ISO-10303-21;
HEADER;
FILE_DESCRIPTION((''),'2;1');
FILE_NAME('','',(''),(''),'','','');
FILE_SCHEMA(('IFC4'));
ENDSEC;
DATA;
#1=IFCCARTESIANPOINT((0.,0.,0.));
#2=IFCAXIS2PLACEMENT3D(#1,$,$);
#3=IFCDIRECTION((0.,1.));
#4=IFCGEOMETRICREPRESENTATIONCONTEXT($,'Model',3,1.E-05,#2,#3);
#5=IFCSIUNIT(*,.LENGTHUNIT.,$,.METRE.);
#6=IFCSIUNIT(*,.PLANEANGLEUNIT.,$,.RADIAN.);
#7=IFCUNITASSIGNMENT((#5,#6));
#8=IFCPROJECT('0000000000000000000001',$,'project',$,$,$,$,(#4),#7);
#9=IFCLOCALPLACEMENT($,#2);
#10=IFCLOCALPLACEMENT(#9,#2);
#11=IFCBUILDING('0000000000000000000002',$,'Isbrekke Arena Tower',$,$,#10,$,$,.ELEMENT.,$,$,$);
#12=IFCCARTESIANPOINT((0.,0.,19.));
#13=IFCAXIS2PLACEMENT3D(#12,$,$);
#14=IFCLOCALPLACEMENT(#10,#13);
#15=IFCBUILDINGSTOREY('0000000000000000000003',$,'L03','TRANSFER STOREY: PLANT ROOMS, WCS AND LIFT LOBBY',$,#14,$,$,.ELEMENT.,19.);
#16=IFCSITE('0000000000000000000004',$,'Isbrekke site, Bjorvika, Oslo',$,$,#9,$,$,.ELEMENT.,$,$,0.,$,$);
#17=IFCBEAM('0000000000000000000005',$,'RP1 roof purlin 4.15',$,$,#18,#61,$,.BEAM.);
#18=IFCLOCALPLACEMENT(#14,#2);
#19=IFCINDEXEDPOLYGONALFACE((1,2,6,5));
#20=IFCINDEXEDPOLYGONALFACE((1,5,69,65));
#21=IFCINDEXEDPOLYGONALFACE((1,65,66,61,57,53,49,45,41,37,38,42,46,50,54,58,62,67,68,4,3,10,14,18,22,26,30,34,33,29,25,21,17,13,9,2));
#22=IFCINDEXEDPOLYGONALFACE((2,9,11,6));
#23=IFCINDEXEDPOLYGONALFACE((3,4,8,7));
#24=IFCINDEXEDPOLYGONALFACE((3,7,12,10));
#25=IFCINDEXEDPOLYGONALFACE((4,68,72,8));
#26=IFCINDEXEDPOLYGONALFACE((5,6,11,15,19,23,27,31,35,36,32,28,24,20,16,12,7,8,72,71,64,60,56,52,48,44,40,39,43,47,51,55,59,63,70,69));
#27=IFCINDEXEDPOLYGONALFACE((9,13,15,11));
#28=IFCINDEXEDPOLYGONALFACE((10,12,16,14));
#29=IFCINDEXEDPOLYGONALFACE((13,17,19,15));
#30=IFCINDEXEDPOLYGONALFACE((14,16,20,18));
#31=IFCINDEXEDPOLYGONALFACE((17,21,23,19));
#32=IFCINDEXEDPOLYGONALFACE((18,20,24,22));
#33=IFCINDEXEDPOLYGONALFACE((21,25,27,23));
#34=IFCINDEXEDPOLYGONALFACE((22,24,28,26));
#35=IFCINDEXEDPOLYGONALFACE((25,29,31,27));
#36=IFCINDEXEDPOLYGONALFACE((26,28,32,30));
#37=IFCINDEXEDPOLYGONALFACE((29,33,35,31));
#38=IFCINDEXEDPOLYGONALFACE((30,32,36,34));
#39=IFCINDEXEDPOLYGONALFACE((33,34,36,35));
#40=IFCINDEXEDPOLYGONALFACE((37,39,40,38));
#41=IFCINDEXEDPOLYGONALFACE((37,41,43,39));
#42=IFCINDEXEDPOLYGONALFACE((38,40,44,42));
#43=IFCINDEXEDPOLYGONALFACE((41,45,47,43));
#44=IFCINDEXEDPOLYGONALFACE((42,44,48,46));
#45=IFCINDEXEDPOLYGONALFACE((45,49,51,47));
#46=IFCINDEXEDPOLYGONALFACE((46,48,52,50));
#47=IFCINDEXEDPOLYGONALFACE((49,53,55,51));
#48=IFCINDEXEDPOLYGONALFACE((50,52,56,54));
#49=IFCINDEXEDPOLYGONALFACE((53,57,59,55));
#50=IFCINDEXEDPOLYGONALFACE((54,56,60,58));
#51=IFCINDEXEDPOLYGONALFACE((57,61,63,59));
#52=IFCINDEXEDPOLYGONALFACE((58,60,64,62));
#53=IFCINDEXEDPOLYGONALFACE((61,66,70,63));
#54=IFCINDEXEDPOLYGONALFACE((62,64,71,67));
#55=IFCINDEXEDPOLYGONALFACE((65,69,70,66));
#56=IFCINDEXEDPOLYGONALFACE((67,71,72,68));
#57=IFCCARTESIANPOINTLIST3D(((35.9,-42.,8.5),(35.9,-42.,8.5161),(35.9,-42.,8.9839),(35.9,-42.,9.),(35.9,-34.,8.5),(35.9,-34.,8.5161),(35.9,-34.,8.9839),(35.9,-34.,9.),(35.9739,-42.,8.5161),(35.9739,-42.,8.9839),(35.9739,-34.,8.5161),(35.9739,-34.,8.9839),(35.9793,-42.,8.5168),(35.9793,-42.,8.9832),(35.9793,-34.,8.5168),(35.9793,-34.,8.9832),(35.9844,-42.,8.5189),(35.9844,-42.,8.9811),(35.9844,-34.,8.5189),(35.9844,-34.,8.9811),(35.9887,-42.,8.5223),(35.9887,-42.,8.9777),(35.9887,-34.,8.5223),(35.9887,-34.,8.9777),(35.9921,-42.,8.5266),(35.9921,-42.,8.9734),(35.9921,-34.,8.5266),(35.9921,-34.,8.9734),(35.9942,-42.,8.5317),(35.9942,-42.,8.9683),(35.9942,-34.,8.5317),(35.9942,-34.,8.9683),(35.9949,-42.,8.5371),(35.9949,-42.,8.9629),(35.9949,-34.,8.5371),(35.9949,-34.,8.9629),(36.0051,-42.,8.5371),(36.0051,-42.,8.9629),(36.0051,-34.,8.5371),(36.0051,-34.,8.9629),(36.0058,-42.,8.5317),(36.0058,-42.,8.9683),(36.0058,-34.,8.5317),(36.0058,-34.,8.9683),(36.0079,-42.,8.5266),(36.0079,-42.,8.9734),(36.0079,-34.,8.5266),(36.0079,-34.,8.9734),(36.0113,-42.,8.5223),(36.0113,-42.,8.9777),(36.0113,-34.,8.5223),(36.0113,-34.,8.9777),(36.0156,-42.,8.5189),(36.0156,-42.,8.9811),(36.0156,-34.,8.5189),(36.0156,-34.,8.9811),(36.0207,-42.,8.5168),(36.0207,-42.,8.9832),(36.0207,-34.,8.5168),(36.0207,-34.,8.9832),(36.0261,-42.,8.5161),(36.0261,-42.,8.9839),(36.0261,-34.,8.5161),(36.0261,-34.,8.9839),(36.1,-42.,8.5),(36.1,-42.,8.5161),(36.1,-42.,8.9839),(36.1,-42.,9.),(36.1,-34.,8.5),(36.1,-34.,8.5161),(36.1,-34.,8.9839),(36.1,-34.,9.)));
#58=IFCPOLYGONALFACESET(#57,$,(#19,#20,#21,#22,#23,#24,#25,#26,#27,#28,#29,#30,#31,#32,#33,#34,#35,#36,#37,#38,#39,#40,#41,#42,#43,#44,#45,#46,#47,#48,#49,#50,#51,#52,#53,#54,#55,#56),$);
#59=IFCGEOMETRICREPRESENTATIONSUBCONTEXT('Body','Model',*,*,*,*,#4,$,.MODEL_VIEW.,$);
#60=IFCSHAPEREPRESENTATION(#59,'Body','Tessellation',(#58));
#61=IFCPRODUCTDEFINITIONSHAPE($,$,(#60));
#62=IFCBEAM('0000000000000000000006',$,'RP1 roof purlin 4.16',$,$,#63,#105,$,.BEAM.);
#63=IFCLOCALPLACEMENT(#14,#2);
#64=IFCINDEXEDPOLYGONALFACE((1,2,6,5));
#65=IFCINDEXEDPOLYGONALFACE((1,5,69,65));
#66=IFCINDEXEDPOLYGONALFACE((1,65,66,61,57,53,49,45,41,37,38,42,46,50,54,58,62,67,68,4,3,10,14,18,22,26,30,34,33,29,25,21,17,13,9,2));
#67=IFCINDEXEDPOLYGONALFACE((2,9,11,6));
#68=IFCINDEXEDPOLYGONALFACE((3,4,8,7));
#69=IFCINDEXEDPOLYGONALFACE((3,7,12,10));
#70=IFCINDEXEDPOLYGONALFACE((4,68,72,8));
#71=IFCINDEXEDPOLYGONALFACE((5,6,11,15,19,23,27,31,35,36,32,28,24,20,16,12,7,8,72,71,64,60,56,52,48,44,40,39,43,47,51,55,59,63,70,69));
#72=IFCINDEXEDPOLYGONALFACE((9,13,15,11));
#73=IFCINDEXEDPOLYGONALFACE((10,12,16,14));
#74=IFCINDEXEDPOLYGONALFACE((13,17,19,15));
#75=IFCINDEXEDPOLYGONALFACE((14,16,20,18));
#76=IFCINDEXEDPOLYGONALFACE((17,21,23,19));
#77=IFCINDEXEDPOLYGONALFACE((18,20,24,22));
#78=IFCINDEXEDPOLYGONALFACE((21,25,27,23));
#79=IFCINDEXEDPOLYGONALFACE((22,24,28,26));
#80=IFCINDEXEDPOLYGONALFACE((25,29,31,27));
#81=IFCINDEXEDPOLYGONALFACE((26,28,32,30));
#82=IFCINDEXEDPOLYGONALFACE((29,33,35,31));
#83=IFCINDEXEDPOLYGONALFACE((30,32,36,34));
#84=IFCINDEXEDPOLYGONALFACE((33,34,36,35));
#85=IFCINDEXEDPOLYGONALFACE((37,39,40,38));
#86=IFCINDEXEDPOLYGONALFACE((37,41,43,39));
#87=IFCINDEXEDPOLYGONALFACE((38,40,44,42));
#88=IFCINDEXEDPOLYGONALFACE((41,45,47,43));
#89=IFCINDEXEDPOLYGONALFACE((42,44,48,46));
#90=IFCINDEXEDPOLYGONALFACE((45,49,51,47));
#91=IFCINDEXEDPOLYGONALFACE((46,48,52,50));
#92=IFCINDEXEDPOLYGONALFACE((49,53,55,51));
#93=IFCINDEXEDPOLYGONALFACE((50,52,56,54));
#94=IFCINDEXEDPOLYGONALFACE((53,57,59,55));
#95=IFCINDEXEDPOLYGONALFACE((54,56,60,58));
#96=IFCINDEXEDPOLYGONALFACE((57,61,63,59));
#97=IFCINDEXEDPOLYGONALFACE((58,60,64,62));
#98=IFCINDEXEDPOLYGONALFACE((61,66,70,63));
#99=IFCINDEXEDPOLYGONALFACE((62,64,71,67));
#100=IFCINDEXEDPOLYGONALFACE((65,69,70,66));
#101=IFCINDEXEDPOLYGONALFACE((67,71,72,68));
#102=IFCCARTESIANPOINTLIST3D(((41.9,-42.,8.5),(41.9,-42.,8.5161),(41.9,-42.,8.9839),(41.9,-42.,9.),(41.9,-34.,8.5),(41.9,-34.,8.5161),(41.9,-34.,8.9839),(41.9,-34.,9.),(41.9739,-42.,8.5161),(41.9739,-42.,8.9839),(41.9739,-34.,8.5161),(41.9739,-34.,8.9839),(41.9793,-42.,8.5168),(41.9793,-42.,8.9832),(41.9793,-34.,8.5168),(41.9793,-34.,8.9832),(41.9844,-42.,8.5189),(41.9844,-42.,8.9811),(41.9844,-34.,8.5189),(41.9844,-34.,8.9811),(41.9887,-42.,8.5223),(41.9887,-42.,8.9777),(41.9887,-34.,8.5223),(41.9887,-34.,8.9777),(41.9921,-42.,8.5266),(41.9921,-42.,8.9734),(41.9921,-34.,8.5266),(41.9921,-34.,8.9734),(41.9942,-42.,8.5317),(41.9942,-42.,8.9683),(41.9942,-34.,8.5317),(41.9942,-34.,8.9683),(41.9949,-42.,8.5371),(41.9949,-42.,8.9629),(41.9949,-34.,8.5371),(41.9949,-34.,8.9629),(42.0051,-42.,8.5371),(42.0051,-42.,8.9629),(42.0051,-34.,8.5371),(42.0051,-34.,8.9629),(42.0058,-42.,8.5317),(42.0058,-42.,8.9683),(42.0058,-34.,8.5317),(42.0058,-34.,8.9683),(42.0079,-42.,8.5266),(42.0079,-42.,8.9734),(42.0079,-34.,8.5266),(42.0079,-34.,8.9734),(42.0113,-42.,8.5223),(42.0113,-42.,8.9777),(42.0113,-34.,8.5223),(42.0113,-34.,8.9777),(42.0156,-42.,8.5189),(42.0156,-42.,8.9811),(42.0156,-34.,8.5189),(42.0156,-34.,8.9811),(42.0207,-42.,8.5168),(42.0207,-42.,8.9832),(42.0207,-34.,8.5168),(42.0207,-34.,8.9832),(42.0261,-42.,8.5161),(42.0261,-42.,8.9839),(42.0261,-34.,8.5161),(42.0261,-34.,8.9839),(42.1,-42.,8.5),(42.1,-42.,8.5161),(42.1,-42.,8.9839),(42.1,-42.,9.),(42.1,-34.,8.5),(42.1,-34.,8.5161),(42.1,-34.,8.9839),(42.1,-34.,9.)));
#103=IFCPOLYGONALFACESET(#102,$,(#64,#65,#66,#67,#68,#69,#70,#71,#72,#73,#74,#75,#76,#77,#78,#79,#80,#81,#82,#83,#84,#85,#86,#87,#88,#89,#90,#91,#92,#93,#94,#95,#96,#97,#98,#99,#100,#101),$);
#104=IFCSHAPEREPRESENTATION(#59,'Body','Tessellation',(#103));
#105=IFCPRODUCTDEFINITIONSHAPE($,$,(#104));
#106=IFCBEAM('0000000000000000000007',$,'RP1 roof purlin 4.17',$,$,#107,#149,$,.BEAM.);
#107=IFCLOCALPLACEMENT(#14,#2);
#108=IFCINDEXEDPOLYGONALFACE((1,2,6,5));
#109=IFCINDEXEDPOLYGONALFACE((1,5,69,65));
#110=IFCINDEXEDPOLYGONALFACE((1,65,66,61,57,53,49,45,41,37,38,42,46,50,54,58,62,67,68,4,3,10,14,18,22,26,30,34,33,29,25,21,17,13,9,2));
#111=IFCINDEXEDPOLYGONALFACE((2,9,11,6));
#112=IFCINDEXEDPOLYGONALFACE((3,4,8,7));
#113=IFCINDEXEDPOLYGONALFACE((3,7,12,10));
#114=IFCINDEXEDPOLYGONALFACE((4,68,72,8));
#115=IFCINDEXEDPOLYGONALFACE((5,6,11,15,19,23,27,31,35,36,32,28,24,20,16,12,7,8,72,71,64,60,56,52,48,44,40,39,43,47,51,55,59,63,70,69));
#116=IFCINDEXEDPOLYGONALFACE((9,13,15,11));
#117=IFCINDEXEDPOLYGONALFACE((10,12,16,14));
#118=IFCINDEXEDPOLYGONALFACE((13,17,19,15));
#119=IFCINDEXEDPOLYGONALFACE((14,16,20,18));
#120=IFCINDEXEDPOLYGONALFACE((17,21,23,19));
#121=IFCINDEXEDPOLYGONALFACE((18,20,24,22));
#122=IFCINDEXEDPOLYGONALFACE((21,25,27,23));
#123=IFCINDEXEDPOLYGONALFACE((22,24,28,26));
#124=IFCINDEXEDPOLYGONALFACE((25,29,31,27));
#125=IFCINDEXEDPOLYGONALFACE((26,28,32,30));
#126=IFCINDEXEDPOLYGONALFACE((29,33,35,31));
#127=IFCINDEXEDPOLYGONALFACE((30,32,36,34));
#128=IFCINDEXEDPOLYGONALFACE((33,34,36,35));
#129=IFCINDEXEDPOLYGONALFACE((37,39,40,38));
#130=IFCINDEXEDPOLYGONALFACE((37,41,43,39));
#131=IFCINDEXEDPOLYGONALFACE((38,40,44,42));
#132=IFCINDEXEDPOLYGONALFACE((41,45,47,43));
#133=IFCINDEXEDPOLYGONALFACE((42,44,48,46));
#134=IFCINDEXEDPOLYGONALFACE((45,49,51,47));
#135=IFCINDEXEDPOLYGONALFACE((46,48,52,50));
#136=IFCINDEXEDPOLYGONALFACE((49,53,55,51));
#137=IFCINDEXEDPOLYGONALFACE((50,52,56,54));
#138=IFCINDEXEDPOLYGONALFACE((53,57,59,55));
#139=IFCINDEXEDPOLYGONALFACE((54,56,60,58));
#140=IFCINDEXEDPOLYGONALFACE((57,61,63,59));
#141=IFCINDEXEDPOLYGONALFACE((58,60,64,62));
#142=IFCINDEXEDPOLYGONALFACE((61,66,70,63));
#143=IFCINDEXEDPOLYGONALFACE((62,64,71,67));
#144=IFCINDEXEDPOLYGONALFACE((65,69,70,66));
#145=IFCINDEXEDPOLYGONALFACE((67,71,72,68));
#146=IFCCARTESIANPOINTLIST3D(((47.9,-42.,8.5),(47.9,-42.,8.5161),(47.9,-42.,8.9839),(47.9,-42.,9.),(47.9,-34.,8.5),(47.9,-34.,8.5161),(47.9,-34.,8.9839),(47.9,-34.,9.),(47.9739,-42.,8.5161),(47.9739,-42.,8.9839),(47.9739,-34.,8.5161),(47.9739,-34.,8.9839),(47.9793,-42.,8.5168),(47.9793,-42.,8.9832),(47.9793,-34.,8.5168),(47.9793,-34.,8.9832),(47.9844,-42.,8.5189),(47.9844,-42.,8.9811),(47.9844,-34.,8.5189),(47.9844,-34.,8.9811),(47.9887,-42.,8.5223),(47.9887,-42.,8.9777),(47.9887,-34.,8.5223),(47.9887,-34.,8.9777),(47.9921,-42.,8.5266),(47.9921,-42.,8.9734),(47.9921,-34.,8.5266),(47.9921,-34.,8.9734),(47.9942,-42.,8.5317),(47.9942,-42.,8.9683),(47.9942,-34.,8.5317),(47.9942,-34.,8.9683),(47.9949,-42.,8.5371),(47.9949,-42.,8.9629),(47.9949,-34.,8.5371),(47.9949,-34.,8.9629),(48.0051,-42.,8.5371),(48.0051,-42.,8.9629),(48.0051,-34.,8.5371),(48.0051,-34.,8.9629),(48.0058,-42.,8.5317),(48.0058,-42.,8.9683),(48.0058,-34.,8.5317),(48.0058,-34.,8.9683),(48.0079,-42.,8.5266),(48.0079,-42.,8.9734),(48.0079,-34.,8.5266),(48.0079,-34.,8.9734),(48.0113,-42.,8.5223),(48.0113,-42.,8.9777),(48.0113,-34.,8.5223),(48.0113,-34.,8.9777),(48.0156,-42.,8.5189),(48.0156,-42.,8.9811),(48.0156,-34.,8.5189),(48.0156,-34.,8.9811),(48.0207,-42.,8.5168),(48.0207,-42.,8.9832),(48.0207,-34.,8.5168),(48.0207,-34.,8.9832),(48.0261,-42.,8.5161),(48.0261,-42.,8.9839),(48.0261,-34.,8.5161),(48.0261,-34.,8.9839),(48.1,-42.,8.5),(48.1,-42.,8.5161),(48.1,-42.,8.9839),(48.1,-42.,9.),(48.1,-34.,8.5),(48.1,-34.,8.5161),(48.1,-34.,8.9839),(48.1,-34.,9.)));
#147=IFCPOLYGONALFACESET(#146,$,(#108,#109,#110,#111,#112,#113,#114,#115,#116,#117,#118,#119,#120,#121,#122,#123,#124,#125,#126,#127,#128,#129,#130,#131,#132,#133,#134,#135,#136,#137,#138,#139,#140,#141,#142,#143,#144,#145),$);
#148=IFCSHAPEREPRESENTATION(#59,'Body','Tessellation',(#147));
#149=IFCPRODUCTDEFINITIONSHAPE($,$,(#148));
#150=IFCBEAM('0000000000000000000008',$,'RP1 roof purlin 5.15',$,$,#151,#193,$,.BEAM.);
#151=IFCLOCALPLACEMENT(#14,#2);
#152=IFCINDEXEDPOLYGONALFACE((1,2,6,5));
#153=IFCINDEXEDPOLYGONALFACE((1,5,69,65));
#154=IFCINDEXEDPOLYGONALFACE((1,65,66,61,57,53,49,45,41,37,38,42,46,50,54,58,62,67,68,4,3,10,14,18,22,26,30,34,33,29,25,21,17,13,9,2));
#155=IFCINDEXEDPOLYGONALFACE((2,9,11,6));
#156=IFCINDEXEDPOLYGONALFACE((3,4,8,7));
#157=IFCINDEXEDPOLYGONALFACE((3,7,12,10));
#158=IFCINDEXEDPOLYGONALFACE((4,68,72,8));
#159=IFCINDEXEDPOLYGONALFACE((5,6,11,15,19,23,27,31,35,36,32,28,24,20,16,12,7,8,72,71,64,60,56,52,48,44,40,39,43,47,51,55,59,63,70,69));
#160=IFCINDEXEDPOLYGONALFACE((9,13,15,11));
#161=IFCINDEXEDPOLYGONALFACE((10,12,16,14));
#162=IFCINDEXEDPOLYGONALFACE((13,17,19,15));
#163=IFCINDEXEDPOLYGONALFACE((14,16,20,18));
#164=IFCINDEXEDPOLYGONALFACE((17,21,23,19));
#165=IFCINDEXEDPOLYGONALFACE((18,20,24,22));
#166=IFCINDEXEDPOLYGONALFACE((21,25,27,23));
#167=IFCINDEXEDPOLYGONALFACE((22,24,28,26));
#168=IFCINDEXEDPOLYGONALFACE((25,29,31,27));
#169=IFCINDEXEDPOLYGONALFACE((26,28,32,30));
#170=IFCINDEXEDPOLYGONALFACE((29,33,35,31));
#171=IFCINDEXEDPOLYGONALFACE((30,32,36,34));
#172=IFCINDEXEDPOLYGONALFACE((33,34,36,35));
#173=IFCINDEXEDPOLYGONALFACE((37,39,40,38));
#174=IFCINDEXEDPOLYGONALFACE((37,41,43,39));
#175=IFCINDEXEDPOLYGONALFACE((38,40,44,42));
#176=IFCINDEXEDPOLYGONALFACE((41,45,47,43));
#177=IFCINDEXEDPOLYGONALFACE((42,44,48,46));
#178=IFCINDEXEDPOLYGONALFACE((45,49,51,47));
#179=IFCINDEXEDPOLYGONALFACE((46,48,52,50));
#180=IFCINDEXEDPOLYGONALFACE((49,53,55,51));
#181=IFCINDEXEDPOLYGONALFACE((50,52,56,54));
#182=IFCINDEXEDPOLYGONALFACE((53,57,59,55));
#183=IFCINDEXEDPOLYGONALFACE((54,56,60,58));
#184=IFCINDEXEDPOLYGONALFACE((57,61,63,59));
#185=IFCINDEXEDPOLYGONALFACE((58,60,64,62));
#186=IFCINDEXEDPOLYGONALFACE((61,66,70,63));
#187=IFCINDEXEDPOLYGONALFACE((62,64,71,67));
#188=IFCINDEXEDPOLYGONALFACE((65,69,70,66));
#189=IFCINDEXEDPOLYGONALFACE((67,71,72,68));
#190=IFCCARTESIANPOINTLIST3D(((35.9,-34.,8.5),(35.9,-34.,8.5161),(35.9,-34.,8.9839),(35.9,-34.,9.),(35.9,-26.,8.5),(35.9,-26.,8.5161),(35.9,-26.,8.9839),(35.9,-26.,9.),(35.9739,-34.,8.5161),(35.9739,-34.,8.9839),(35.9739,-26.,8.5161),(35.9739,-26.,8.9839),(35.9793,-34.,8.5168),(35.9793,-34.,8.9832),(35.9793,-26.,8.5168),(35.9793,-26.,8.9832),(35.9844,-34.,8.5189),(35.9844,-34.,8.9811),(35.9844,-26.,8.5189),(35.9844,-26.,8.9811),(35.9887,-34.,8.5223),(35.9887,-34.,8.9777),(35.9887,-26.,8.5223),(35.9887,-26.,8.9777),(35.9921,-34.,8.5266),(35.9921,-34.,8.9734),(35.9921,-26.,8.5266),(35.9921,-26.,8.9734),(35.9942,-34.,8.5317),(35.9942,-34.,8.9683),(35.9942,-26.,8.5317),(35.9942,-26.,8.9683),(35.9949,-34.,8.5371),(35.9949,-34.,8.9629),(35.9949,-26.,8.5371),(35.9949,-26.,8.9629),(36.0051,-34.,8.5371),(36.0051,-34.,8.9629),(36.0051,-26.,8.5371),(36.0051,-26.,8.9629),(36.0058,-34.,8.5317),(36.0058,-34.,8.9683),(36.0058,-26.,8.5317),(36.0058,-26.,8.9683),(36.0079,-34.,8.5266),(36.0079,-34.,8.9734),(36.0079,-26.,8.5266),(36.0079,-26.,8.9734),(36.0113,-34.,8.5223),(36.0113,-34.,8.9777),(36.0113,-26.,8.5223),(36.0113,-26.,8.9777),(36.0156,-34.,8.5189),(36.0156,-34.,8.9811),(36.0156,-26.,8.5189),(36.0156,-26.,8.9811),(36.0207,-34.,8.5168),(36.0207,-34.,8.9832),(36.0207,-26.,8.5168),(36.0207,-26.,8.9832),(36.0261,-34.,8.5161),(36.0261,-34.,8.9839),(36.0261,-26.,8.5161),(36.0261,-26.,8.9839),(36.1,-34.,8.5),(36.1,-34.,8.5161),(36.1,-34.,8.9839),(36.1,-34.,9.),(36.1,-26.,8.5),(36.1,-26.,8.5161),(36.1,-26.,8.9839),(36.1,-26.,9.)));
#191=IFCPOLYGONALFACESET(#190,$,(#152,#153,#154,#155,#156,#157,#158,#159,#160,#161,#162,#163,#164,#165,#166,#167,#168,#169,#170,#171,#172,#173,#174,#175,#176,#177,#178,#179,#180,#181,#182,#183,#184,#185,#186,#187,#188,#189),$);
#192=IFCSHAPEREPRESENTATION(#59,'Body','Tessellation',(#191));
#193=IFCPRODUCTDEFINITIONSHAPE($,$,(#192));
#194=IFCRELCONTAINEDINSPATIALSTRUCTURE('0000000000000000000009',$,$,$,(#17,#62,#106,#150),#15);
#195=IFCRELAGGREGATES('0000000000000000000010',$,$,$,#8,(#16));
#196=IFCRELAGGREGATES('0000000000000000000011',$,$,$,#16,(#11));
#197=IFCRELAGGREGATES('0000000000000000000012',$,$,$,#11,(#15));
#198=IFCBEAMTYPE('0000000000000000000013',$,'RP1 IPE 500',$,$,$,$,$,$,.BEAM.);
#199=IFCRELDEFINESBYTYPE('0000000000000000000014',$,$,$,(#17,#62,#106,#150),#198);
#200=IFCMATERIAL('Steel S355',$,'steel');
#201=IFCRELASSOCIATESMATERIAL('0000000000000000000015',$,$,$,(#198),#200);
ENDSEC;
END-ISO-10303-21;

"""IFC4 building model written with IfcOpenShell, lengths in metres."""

from ifc_helpers import new_model, si_unit, direction, frame, origin, origin_2d, place, context, subcontext, project, spatial, i_section, extrude, material, material_profile, profile_set, type_object, element, save


model = new_model("IFC4")

# Units and contexts
model_context = context("Model", 3, precision=1e-05, world=origin(), true_north=direction((0.0, 1.0)))
body_context = subcontext(model_context, "Body", "Model", "MODEL_VIEW")
ifc_project = project(units=[si_unit("LENGTHUNIT", "METRE"), si_unit("PLANEANGLEUNIT", "RADIAN")], contexts=[model_context])

# Site, building, storey
site_placement = place(None, origin())
site = spatial("IfcSite", under=ifc_project, at=site_placement, Name="Isbrekke site, Bjorvika, Oslo", CompositionType="ELEMENT", RefElevation=0.0)
building_placement = place(site_placement, origin())
building = spatial("IfcBuilding", under=site, at=building_placement, Name="Isbrekke Arena Tower", CompositionType="ELEMENT")
storey_placement = place(building_placement, frame((0.0, 0.0, 19.0)))
storey = spatial("IfcBuildingStorey", under=building, at=storey_placement, Name="L03", Description="TRANSFER STOREY: PLANT ROOMS, WCS AND LIFT LOBBY", CompositionType="ELEMENT", Elevation=19.0)

# Beams
ifc_material_1 = material(Name="Steel S355", Category="steel")
ifc_material_profile_1 = material_profile(ifc_material_1, i_section(OverallWidth=0.2, OverallDepth=0.5, WebThickness=0.0103, FlangeThickness=0.0161, FilletRadius=0.021, at=origin_2d()), Name="IPE 500")
ifc_profile_set_1 = profile_set([ifc_material_profile_1], Name="Steel S355")
beam_type = type_object("IfcBeamType", Name="RP1 IPE 500", PredefinedType="BEAM", material=ifc_profile_set_1)
for number, where, z_axis, x_axis, name in (
    (1, (36.0, -42.0, 8.75), (0.0, 1.0, 0.0), (-1.0, 0.0, 0.0), "RP1 roof purlin 4.15"),
    (2, (42.0, -42.0, 8.75), (0.0, 1.0, 0.0), (-1.0, 0.0, 0.0), "RP1 roof purlin 4.16"),
    (3, (48.0, -42.0, 8.75), (0.0, 1.0, 0.0), (-1.0, 0.0, 0.0), "RP1 roof purlin 4.17"),
    (4, (36.0, -34.0, 8.75), (0.0, 1.0, 0.0), (-1.0, 0.0, 0.0), "RP1 roof purlin 5.15"),
):
    element("IfcBeam", number, at=place(storey_placement, frame(where, z_axis=z_axis, x_axis=x_axis)), inside=storey, type_object=beam_type, Name=name, PredefinedType="BEAM", context=body_context, shape_type="SweptSolid", body=[
        extrude(i_section(OverallWidth=0.2, OverallDepth=0.5, WebThickness=0.0103, FlangeThickness=0.0161, FilletRadius=0.021, at=origin_2d()), origin(), (0.0, 0.0, 1.0), 8.0),
    ])

save(model, "model.ifc")
